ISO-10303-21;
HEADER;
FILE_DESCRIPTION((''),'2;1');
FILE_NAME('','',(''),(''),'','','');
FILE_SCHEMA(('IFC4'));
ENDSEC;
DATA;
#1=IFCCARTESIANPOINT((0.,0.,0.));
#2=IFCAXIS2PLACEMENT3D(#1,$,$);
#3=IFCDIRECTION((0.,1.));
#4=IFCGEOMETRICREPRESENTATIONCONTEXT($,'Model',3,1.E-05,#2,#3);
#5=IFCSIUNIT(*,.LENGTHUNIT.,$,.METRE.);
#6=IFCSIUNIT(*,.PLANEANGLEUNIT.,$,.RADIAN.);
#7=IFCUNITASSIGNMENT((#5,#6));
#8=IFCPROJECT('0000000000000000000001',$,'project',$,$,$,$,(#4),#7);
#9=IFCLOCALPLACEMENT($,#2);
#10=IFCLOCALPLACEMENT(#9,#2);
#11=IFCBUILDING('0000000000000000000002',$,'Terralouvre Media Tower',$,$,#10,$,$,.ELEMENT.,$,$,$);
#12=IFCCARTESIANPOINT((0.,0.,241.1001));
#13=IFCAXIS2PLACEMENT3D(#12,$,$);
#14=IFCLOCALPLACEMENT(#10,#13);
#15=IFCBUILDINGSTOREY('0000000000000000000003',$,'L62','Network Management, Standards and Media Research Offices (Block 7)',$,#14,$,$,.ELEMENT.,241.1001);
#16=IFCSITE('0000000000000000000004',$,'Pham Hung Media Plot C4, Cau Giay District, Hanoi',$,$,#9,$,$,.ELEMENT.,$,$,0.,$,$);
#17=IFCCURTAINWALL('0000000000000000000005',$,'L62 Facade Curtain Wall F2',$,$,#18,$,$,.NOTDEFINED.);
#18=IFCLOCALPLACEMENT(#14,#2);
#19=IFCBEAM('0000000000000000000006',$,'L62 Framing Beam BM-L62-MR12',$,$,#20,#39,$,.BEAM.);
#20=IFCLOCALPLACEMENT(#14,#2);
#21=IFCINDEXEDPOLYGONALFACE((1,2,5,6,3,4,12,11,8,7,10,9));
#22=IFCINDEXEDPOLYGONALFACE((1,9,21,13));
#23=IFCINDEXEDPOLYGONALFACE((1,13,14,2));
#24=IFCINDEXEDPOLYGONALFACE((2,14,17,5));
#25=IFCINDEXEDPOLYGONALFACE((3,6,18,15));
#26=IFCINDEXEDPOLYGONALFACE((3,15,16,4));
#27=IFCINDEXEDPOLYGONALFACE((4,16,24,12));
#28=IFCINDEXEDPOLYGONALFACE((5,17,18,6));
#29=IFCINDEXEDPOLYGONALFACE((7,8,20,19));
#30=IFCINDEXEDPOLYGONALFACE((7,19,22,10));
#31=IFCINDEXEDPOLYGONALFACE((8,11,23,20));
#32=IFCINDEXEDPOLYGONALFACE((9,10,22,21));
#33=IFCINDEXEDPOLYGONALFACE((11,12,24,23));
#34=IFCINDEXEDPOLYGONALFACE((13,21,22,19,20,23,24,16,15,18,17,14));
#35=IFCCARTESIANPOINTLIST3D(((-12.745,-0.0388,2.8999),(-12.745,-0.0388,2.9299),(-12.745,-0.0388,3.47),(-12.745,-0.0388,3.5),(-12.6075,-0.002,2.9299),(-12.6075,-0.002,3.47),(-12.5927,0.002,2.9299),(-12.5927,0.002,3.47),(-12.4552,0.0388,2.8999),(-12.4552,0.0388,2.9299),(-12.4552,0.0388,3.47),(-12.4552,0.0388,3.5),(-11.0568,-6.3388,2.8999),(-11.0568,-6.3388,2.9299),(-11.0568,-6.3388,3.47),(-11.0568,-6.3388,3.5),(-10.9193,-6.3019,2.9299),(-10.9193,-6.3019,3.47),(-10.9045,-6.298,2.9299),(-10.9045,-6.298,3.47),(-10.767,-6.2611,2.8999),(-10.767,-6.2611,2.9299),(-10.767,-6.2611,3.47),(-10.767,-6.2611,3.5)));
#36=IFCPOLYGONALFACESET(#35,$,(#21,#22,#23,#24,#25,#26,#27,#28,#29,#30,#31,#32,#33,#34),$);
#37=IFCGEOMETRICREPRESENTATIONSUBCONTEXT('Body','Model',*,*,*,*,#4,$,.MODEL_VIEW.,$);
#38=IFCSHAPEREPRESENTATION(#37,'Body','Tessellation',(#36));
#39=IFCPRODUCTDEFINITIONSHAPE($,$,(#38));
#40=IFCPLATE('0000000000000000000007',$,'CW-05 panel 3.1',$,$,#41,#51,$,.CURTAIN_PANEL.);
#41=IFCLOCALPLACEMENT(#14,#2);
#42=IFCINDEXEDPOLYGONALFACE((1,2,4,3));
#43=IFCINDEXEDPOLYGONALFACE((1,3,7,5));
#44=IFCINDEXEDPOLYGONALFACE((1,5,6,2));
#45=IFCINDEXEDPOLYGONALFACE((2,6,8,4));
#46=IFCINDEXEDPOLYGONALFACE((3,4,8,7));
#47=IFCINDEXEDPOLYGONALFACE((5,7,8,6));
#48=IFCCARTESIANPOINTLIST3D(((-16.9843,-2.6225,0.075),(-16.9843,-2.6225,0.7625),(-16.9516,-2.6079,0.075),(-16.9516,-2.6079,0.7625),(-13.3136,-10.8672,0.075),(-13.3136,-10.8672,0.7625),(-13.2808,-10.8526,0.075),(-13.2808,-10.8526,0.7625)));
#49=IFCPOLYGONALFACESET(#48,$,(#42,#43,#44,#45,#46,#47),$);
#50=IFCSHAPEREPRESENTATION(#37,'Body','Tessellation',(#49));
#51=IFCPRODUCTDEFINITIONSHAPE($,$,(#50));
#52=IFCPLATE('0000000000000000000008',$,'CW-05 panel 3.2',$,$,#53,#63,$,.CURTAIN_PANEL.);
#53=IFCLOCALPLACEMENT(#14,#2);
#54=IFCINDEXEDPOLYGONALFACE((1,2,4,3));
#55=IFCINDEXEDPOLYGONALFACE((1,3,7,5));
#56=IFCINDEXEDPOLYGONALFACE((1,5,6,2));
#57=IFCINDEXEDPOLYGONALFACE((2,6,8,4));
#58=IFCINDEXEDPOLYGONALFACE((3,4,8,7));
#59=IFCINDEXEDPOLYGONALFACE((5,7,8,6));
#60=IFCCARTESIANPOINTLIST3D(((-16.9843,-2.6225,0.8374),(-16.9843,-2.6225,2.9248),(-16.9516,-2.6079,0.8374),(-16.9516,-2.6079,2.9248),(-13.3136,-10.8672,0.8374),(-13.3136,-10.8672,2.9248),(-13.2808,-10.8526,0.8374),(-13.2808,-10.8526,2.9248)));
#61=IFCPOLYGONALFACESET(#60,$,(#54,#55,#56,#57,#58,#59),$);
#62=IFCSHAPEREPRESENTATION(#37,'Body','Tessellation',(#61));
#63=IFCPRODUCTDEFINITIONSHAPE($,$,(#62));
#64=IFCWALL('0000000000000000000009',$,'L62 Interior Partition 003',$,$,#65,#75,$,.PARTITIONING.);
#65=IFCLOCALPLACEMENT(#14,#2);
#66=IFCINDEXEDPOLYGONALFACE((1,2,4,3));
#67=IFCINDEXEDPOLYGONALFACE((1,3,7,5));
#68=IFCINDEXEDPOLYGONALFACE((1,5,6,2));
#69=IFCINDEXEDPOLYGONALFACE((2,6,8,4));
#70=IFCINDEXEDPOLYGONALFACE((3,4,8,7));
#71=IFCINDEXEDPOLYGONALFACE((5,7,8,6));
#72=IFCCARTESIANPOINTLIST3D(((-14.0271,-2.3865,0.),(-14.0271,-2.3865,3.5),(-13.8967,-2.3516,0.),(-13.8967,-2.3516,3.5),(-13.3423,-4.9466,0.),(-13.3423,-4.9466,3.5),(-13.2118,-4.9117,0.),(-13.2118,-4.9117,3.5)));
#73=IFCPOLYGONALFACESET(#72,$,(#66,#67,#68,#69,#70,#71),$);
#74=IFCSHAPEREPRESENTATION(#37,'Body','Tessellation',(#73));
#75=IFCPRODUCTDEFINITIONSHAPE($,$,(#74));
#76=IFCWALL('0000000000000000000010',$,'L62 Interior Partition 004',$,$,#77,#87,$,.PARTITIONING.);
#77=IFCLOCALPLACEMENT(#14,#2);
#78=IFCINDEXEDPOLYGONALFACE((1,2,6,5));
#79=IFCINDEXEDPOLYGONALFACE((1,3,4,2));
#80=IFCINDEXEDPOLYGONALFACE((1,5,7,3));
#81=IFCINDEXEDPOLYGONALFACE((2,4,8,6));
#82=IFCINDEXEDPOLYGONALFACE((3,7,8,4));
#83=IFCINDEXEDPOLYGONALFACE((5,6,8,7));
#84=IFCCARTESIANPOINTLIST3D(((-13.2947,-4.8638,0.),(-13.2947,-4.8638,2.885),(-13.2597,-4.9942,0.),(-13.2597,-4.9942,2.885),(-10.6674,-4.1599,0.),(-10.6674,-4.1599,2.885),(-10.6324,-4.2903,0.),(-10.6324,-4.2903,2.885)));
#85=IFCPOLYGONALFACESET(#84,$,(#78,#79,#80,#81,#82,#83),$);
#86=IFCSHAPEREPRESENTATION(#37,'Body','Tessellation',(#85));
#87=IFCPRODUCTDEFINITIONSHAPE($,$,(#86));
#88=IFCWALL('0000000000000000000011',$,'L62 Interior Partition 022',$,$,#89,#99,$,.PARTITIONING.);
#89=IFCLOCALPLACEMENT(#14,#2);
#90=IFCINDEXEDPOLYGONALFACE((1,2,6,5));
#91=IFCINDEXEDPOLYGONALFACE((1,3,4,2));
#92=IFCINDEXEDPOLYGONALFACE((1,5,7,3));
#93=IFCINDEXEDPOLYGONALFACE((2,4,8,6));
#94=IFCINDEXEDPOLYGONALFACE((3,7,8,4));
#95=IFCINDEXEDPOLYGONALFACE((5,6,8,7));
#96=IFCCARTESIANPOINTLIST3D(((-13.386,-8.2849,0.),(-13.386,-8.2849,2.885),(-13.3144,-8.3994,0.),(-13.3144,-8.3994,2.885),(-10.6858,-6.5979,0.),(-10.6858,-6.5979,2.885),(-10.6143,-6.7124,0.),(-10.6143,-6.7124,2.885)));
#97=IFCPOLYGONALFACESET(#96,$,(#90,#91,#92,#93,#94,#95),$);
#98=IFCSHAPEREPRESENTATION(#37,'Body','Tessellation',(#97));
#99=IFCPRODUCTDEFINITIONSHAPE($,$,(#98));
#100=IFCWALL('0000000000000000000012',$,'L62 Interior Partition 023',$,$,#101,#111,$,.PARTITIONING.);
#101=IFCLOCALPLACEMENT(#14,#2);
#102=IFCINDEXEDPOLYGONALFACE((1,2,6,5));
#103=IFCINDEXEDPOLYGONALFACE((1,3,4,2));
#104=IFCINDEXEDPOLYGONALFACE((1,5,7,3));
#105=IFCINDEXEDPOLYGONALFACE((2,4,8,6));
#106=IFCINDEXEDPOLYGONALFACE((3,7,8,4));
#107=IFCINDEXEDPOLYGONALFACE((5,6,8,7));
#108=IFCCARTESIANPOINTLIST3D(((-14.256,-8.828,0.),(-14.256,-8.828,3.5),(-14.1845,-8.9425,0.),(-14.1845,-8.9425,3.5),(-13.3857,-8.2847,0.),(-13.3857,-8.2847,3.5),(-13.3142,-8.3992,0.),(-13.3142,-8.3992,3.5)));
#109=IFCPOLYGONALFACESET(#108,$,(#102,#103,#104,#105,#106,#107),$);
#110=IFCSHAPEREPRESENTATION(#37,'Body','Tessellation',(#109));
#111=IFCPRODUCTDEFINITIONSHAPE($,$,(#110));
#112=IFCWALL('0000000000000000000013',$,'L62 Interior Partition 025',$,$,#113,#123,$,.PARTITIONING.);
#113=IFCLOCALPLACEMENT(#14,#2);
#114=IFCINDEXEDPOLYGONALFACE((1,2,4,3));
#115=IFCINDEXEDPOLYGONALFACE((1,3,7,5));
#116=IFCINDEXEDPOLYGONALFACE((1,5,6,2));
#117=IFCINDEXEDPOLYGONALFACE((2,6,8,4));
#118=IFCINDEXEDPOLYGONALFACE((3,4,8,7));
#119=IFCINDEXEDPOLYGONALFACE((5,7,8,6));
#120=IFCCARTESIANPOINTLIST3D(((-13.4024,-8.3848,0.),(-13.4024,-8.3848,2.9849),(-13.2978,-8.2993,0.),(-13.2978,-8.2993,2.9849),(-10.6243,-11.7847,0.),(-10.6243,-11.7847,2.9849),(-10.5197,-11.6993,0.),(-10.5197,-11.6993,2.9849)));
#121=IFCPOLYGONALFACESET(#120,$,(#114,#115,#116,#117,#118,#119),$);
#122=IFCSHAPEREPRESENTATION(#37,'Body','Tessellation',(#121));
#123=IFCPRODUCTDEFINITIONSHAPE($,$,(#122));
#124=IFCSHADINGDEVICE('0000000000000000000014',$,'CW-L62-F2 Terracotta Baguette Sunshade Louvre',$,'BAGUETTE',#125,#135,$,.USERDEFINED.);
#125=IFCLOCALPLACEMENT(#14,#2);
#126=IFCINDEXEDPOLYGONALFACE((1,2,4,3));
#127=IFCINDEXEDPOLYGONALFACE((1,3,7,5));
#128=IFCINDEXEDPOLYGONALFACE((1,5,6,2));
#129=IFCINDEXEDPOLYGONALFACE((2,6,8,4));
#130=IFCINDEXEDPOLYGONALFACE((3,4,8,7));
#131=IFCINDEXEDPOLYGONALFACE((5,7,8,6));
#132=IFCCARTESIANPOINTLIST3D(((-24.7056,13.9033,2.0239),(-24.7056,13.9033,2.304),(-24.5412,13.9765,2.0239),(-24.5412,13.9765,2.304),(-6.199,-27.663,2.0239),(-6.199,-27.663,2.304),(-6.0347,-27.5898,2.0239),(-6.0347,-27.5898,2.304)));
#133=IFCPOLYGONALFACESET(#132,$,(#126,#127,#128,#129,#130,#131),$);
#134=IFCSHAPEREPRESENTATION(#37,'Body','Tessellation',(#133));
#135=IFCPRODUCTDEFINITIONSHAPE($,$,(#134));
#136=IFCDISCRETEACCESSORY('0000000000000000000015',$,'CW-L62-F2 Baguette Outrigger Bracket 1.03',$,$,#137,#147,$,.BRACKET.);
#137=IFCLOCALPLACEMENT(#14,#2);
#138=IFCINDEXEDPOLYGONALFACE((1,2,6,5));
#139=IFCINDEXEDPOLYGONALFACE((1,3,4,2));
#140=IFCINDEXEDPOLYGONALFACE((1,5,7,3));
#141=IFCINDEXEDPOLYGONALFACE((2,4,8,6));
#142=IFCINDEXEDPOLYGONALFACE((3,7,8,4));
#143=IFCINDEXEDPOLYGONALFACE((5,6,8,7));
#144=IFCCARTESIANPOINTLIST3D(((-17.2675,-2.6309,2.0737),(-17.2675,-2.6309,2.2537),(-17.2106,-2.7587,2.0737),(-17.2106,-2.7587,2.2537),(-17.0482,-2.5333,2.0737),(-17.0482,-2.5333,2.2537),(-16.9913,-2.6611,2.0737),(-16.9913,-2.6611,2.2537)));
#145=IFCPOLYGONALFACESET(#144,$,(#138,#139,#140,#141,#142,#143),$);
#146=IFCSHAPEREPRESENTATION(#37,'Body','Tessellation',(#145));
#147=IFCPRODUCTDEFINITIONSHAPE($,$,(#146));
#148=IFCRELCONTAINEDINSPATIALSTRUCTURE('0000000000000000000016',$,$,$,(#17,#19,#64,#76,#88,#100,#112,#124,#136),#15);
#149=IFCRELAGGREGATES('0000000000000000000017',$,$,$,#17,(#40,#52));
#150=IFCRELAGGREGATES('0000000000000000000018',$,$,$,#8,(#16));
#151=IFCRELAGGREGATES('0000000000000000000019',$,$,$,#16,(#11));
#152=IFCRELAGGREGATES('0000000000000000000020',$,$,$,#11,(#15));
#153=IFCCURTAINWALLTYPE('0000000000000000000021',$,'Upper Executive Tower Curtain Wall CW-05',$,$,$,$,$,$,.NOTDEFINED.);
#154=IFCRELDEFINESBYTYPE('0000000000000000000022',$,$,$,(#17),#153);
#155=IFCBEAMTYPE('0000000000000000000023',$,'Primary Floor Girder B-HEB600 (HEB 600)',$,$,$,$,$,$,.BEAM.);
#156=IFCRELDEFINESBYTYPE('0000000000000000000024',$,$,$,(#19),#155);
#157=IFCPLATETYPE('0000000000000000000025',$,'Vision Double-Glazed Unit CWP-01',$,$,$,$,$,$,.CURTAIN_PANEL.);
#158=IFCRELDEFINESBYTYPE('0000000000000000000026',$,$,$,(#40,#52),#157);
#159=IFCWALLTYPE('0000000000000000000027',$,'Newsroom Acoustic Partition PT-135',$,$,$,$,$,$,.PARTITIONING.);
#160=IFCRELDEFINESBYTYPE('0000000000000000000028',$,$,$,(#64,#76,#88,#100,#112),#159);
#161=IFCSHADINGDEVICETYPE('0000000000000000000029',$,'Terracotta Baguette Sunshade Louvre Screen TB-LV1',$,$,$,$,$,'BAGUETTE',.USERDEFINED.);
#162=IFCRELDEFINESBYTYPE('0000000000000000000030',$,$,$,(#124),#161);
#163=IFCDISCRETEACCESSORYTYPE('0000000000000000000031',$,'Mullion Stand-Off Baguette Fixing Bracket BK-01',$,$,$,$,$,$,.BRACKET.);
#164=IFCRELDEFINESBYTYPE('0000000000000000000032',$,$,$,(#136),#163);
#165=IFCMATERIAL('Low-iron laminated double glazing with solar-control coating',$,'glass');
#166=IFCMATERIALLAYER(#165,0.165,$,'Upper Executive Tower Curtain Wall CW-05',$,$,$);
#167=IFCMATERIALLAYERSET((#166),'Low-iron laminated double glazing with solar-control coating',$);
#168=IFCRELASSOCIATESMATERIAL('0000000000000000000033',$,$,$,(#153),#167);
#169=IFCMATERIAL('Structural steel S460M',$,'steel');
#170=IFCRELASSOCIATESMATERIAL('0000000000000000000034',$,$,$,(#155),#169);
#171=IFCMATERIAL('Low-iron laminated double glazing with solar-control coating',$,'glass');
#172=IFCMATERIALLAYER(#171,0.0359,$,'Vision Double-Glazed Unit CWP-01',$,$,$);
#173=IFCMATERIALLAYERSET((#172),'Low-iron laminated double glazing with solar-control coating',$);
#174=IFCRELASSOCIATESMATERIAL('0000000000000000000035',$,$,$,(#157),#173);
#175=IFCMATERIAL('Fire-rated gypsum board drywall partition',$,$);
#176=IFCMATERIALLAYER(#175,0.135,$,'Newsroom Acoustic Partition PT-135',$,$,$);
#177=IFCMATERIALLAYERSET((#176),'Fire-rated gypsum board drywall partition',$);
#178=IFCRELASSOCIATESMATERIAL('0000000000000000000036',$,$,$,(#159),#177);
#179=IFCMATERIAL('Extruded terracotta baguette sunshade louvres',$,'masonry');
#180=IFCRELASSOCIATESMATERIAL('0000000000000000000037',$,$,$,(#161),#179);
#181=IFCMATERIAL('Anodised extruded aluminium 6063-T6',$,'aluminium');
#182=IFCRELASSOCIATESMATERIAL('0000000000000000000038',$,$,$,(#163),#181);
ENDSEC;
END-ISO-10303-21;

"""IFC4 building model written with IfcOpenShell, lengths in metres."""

from ifc_helpers import new_model, si_unit, direction, frame, frame_2d, origin, origin_2d, place, context, subcontext, project, spatial, rectangle, i_section, extrude, material, layer, layer_set, material_profile, profile_set, type_object, element, aggregate, save


model = new_model("IFC4")

# Units and contexts
model_context = context("Model", 3, precision=1e-05, world=origin(), true_north=direction((0.0, 1.0)))
body_context = subcontext(model_context, "Body", "Model", "MODEL_VIEW")
ifc_project = project(units=[si_unit("LENGTHUNIT", "METRE"), si_unit("PLANEANGLEUNIT", "RADIAN")], contexts=[model_context])

# Site, building, storey
site_placement = place(None, origin())
site = spatial("IfcSite", under=ifc_project, at=site_placement, Name="Pham Hung Media Plot C4, Cau Giay District, Hanoi", CompositionType="ELEMENT", RefElevation=0.0)
building_placement = place(site_placement, origin())
building = spatial("IfcBuilding", under=site, at=building_placement, Name="Terralouvre Media Tower", CompositionType="ELEMENT")
storey_placement = place(building_placement, frame((0.0, 0.0, 241.1001)))
storey = spatial("IfcBuildingStorey", under=building, at=storey_placement, Name="L62", Description="Network Management, Standards and Media Research Offices (Block 7)", CompositionType="ELEMENT", Elevation=241.1001)

# Curtain wall
ifc_material_1 = material(Name="Low-iron laminated double glazing with solar-control coating", Category="glass")
ifc_layer_1 = layer(ifc_material_1, 0.165, Name="Upper Executive Tower Curtain Wall CW-05")
ifc_layer_set_1 = layer_set([ifc_layer_1], Name="Low-iron laminated double glazing with solar-control coating")
curtain_wall_type = type_object("IfcCurtainWallType", Name="Upper Executive Tower Curtain Wall CW-05", PredefinedType="NOTDEFINED", material=ifc_layer_set_1)
curtain_wall_placement = place(storey_placement, origin())
curtain_wall = element("IfcCurtainWall", 1, at=curtain_wall_placement, inside=storey, type_object=curtain_wall_type, Name="L62 Facade Curtain Wall F2", PredefinedType="NOTDEFINED")

# Beam
ifc_material_2 = material(Name="Structural steel S460M", Category="steel")
ifc_material_profile_1 = material_profile(ifc_material_2, i_section(OverallWidth=0.3, OverallDepth=0.6001, WebThickness=0.0154, FlangeThickness=0.03, at=origin_2d()), Name="HEB 600")
ifc_profile_set_1 = profile_set([ifc_material_profile_1], Name="Structural steel S460M")
beam_type_1 = type_object("IfcBeamType", Name="Primary Floor Girder B-HEB600 (HEB 600)", PredefinedType="BEAM", material=ifc_profile_set_1)
beam_1_placement = place(storey_placement, frame((-12.6001, 0.0, 3.2), z_axis=(0.258839, -0.96592, 0.0), x_axis=(0.96592, 0.258839, 0.0)))
element("IfcBeam", 2, at=beam_1_placement, inside=storey, type_object=beam_type_1, Name="L62 Framing Beam BM-L62-MR12", PredefinedType="BEAM", context=body_context, shape_type="SweptSolid", body=[
    extrude(i_section(OverallWidth=0.3, OverallDepth=0.6001, WebThickness=0.0154, FlangeThickness=0.03, at=origin_2d()), origin(), (0.0, 0.0, 1.0), 6.5222),
])

# Plates
ifc_material_3 = material(Name="Low-iron laminated double glazing with solar-control coating", Category="glass")
ifc_layer_2 = layer(ifc_material_3, 0.0359, Name="Vision Double-Glazed Unit CWP-01")
ifc_layer_set_2 = layer_set([ifc_layer_2], Name="Low-iron laminated double glazing with solar-control coating")
plate_type = type_object("IfcPlateType", Name="Vision Double-Glazed Unit CWP-01", PredefinedType="CURTAIN_PANEL", material=ifc_layer_set_2)
plate_1_placement = place(storey_placement, frame((-15.1326, -6.7375, 0.075), z_axis=(0.0, 0.0, 1.0), x_axis=(0.406737, -0.913545, 0.0)))
plate_1 = element("IfcPlate", 3, at=plate_1_placement, type_object=plate_type, Name="CW-05 panel 3.1", PredefinedType="CURTAIN_PANEL", context=body_context, shape_type="SweptSolid", body=[
    extrude(rectangle(XDim=9.0249, YDim=0.0359, at=origin_2d()), origin(), (0.0, 0.0, 1.0), 0.6875),
])
plate_2_placement = place(storey_placement, frame((-15.1326, -6.7375, 0.8374), z_axis=(0.0, 0.0, 1.0), x_axis=(0.406737, -0.913545, 0.0)))
plate_2 = element("IfcPlate", 4, at=plate_2_placement, type_object=plate_type, Name="CW-05 panel 3.2", PredefinedType="CURTAIN_PANEL", context=body_context, shape_type="SweptSolid", body=[
    extrude(rectangle(XDim=9.0249, YDim=0.0359, at=origin_2d()), origin(), (0.0, 0.0, 1.0), 2.0874),
])
aggregate(curtain_wall, [plate_1, plate_2])

# Walls
ifc_material_4 = material(Name="Fire-rated gypsum board drywall partition")
ifc_layer_3 = layer(ifc_material_4, 0.135, Name="Newsroom Acoustic Partition PT-135")
ifc_layer_set_3 = layer_set([ifc_layer_3], Name="Fire-rated gypsum board drywall partition")
wall_type = type_object("IfcWallType", Name="Newsroom Acoustic Partition PT-135", PredefinedType="PARTITIONING", material=ifc_layer_set_3)
wall_1_placement = place(storey_placement, frame((-13.9619, -2.3689, 0.0), z_axis=(0.0, 0.0, 1.0), x_axis=(0.258414, -0.966034, 0.0)))
element("IfcWall", 5, at=wall_1_placement, inside=storey, type_object=wall_type, Name="L62 Interior Partition 003", PredefinedType="PARTITIONING", context=body_context, shape_type="SweptSolid", body=[
    extrude(rectangle(XDim=2.6501, YDim=0.135, at=frame_2d((1.3252, 0.0))), origin(), (0.0, 0.0, 1.0), 3.5),
])
wall_2_placement = place(storey_placement, frame((-13.2771, -4.929, 0.0), z_axis=(0.0, 0.0, 1.0), x_axis=(0.965935, 0.258785, 0.0)))
element("IfcWall", 6, at=wall_2_placement, inside=storey, type_object=wall_type, Name="L62 Interior Partition 004", PredefinedType="PARTITIONING", context=body_context, shape_type="SweptSolid", body=[
    extrude(rectangle(XDim=2.72, YDim=0.135, at=frame_2d((1.3599, 0.0))), origin(), (0.0, 0.0, 1.0), 2.885),
])
wall_3_placement = place(storey_placement, frame((-13.3501, -8.342, 0.0), z_axis=(0.0, 0.0, 1.0), x_axis=(0.848084, 0.529861, 0.0)))
element("IfcWall", 7, at=wall_3_placement, inside=storey, type_object=wall_type, Name="L62 Interior Partition 022", PredefinedType="PARTITIONING", context=body_context, shape_type="SweptSolid", body=[
    extrude(rectangle(XDim=3.1838, YDim=0.135, at=frame_2d((1.5918, 0.0))), origin(), (0.0, 0.0, 1.0), 2.885),
])
wall_4_placement = place(storey_placement, frame((-14.2202, -8.8853, 0.0), z_axis=(0.0, 0.0, 1.0), x_axis=(0.848266, 0.529571, 0.0)))
element("IfcWall", 8, at=wall_4_placement, inside=storey, type_object=wall_type, Name="L62 Interior Partition 023", PredefinedType="PARTITIONING", context=body_context, shape_type="SweptSolid", body=[
    extrude(rectangle(XDim=1.0259, YDim=0.135, at=frame_2d((0.5129, 0.0))), origin(), (0.0, 0.0, 1.0), 3.5),
])
wall_5_placement = place(storey_placement, frame((-13.3501, -8.342, 0.0), z_axis=(0.0, 0.0, 1.0), x_axis=(0.632738, -0.774366, 0.0)))
element("IfcWall", 9, at=wall_5_placement, inside=storey, type_object=wall_type, Name="L62 Interior Partition 025", PredefinedType="PARTITIONING", context=body_context, shape_type="SweptSolid", body=[
    extrude(rectangle(XDim=4.3906, YDim=0.135, at=frame_2d((2.1953, 0.0))), origin(), (0.0, 0.0, 1.0), 2.9849),
])

# Shading device
ifc_material_5 = material(Name="Extruded terracotta baguette sunshade louvres", Category="masonry")
shading_device_type = type_object("IfcShadingDeviceType", Name="Terracotta Baguette Sunshade Louvre Screen TB-LV1", ElementType="BAGUETTE", PredefinedType="USERDEFINED", material=ifc_material_5)
shading_device_placement = place(storey_placement, frame((-15.3701, -6.8433, 2.0239), z_axis=(0.0, 0.0, 1.0), x_axis=(0.406737, -0.913545, 0.0)))
element("IfcShadingDevice", 10, at=shading_device_placement, inside=storey, type_object=shading_device_type, Name="CW-L62-F2 Terracotta Baguette Sunshade Louvre", ObjectType="BAGUETTE", PredefinedType="USERDEFINED", context=body_context, shape_type="SweptSolid", body=[
    extrude(rectangle(XDim=45.5, YDim=0.1799, at=origin_2d()), origin(), (0.0, 0.0, 1.0), 0.28),
])

# Discrete accessory
ifc_material_6 = material(Name="Anodised extruded aluminium 6063-T6", Category="aluminium")
discrete_accessory_type = type_object("IfcDiscreteAccessoryType", Name="Mullion Stand-Off Baguette Fixing Bracket BK-01", PredefinedType="BRACKET", material=ifc_material_6)
discrete_accessory_placement = place(storey_placement, frame((-17.1294, -2.646, 2.0737), z_axis=(0.0, 0.0, 1.0), x_axis=(0.406737, -0.913545, 0.0)))
element("IfcDiscreteAccessory", 11, at=discrete_accessory_placement, inside=storey, type_object=discrete_accessory_type, Name="CW-L62-F2 Baguette Outrigger Bracket 1.03", PredefinedType="BRACKET", context=body_context, shape_type="SweptSolid", body=[
    extrude(rectangle(XDim=0.1399, YDim=0.24, at=origin_2d()), origin(), (0.0, 0.0, 1.0), 0.1799),
])

save(model, "model.ifc")
